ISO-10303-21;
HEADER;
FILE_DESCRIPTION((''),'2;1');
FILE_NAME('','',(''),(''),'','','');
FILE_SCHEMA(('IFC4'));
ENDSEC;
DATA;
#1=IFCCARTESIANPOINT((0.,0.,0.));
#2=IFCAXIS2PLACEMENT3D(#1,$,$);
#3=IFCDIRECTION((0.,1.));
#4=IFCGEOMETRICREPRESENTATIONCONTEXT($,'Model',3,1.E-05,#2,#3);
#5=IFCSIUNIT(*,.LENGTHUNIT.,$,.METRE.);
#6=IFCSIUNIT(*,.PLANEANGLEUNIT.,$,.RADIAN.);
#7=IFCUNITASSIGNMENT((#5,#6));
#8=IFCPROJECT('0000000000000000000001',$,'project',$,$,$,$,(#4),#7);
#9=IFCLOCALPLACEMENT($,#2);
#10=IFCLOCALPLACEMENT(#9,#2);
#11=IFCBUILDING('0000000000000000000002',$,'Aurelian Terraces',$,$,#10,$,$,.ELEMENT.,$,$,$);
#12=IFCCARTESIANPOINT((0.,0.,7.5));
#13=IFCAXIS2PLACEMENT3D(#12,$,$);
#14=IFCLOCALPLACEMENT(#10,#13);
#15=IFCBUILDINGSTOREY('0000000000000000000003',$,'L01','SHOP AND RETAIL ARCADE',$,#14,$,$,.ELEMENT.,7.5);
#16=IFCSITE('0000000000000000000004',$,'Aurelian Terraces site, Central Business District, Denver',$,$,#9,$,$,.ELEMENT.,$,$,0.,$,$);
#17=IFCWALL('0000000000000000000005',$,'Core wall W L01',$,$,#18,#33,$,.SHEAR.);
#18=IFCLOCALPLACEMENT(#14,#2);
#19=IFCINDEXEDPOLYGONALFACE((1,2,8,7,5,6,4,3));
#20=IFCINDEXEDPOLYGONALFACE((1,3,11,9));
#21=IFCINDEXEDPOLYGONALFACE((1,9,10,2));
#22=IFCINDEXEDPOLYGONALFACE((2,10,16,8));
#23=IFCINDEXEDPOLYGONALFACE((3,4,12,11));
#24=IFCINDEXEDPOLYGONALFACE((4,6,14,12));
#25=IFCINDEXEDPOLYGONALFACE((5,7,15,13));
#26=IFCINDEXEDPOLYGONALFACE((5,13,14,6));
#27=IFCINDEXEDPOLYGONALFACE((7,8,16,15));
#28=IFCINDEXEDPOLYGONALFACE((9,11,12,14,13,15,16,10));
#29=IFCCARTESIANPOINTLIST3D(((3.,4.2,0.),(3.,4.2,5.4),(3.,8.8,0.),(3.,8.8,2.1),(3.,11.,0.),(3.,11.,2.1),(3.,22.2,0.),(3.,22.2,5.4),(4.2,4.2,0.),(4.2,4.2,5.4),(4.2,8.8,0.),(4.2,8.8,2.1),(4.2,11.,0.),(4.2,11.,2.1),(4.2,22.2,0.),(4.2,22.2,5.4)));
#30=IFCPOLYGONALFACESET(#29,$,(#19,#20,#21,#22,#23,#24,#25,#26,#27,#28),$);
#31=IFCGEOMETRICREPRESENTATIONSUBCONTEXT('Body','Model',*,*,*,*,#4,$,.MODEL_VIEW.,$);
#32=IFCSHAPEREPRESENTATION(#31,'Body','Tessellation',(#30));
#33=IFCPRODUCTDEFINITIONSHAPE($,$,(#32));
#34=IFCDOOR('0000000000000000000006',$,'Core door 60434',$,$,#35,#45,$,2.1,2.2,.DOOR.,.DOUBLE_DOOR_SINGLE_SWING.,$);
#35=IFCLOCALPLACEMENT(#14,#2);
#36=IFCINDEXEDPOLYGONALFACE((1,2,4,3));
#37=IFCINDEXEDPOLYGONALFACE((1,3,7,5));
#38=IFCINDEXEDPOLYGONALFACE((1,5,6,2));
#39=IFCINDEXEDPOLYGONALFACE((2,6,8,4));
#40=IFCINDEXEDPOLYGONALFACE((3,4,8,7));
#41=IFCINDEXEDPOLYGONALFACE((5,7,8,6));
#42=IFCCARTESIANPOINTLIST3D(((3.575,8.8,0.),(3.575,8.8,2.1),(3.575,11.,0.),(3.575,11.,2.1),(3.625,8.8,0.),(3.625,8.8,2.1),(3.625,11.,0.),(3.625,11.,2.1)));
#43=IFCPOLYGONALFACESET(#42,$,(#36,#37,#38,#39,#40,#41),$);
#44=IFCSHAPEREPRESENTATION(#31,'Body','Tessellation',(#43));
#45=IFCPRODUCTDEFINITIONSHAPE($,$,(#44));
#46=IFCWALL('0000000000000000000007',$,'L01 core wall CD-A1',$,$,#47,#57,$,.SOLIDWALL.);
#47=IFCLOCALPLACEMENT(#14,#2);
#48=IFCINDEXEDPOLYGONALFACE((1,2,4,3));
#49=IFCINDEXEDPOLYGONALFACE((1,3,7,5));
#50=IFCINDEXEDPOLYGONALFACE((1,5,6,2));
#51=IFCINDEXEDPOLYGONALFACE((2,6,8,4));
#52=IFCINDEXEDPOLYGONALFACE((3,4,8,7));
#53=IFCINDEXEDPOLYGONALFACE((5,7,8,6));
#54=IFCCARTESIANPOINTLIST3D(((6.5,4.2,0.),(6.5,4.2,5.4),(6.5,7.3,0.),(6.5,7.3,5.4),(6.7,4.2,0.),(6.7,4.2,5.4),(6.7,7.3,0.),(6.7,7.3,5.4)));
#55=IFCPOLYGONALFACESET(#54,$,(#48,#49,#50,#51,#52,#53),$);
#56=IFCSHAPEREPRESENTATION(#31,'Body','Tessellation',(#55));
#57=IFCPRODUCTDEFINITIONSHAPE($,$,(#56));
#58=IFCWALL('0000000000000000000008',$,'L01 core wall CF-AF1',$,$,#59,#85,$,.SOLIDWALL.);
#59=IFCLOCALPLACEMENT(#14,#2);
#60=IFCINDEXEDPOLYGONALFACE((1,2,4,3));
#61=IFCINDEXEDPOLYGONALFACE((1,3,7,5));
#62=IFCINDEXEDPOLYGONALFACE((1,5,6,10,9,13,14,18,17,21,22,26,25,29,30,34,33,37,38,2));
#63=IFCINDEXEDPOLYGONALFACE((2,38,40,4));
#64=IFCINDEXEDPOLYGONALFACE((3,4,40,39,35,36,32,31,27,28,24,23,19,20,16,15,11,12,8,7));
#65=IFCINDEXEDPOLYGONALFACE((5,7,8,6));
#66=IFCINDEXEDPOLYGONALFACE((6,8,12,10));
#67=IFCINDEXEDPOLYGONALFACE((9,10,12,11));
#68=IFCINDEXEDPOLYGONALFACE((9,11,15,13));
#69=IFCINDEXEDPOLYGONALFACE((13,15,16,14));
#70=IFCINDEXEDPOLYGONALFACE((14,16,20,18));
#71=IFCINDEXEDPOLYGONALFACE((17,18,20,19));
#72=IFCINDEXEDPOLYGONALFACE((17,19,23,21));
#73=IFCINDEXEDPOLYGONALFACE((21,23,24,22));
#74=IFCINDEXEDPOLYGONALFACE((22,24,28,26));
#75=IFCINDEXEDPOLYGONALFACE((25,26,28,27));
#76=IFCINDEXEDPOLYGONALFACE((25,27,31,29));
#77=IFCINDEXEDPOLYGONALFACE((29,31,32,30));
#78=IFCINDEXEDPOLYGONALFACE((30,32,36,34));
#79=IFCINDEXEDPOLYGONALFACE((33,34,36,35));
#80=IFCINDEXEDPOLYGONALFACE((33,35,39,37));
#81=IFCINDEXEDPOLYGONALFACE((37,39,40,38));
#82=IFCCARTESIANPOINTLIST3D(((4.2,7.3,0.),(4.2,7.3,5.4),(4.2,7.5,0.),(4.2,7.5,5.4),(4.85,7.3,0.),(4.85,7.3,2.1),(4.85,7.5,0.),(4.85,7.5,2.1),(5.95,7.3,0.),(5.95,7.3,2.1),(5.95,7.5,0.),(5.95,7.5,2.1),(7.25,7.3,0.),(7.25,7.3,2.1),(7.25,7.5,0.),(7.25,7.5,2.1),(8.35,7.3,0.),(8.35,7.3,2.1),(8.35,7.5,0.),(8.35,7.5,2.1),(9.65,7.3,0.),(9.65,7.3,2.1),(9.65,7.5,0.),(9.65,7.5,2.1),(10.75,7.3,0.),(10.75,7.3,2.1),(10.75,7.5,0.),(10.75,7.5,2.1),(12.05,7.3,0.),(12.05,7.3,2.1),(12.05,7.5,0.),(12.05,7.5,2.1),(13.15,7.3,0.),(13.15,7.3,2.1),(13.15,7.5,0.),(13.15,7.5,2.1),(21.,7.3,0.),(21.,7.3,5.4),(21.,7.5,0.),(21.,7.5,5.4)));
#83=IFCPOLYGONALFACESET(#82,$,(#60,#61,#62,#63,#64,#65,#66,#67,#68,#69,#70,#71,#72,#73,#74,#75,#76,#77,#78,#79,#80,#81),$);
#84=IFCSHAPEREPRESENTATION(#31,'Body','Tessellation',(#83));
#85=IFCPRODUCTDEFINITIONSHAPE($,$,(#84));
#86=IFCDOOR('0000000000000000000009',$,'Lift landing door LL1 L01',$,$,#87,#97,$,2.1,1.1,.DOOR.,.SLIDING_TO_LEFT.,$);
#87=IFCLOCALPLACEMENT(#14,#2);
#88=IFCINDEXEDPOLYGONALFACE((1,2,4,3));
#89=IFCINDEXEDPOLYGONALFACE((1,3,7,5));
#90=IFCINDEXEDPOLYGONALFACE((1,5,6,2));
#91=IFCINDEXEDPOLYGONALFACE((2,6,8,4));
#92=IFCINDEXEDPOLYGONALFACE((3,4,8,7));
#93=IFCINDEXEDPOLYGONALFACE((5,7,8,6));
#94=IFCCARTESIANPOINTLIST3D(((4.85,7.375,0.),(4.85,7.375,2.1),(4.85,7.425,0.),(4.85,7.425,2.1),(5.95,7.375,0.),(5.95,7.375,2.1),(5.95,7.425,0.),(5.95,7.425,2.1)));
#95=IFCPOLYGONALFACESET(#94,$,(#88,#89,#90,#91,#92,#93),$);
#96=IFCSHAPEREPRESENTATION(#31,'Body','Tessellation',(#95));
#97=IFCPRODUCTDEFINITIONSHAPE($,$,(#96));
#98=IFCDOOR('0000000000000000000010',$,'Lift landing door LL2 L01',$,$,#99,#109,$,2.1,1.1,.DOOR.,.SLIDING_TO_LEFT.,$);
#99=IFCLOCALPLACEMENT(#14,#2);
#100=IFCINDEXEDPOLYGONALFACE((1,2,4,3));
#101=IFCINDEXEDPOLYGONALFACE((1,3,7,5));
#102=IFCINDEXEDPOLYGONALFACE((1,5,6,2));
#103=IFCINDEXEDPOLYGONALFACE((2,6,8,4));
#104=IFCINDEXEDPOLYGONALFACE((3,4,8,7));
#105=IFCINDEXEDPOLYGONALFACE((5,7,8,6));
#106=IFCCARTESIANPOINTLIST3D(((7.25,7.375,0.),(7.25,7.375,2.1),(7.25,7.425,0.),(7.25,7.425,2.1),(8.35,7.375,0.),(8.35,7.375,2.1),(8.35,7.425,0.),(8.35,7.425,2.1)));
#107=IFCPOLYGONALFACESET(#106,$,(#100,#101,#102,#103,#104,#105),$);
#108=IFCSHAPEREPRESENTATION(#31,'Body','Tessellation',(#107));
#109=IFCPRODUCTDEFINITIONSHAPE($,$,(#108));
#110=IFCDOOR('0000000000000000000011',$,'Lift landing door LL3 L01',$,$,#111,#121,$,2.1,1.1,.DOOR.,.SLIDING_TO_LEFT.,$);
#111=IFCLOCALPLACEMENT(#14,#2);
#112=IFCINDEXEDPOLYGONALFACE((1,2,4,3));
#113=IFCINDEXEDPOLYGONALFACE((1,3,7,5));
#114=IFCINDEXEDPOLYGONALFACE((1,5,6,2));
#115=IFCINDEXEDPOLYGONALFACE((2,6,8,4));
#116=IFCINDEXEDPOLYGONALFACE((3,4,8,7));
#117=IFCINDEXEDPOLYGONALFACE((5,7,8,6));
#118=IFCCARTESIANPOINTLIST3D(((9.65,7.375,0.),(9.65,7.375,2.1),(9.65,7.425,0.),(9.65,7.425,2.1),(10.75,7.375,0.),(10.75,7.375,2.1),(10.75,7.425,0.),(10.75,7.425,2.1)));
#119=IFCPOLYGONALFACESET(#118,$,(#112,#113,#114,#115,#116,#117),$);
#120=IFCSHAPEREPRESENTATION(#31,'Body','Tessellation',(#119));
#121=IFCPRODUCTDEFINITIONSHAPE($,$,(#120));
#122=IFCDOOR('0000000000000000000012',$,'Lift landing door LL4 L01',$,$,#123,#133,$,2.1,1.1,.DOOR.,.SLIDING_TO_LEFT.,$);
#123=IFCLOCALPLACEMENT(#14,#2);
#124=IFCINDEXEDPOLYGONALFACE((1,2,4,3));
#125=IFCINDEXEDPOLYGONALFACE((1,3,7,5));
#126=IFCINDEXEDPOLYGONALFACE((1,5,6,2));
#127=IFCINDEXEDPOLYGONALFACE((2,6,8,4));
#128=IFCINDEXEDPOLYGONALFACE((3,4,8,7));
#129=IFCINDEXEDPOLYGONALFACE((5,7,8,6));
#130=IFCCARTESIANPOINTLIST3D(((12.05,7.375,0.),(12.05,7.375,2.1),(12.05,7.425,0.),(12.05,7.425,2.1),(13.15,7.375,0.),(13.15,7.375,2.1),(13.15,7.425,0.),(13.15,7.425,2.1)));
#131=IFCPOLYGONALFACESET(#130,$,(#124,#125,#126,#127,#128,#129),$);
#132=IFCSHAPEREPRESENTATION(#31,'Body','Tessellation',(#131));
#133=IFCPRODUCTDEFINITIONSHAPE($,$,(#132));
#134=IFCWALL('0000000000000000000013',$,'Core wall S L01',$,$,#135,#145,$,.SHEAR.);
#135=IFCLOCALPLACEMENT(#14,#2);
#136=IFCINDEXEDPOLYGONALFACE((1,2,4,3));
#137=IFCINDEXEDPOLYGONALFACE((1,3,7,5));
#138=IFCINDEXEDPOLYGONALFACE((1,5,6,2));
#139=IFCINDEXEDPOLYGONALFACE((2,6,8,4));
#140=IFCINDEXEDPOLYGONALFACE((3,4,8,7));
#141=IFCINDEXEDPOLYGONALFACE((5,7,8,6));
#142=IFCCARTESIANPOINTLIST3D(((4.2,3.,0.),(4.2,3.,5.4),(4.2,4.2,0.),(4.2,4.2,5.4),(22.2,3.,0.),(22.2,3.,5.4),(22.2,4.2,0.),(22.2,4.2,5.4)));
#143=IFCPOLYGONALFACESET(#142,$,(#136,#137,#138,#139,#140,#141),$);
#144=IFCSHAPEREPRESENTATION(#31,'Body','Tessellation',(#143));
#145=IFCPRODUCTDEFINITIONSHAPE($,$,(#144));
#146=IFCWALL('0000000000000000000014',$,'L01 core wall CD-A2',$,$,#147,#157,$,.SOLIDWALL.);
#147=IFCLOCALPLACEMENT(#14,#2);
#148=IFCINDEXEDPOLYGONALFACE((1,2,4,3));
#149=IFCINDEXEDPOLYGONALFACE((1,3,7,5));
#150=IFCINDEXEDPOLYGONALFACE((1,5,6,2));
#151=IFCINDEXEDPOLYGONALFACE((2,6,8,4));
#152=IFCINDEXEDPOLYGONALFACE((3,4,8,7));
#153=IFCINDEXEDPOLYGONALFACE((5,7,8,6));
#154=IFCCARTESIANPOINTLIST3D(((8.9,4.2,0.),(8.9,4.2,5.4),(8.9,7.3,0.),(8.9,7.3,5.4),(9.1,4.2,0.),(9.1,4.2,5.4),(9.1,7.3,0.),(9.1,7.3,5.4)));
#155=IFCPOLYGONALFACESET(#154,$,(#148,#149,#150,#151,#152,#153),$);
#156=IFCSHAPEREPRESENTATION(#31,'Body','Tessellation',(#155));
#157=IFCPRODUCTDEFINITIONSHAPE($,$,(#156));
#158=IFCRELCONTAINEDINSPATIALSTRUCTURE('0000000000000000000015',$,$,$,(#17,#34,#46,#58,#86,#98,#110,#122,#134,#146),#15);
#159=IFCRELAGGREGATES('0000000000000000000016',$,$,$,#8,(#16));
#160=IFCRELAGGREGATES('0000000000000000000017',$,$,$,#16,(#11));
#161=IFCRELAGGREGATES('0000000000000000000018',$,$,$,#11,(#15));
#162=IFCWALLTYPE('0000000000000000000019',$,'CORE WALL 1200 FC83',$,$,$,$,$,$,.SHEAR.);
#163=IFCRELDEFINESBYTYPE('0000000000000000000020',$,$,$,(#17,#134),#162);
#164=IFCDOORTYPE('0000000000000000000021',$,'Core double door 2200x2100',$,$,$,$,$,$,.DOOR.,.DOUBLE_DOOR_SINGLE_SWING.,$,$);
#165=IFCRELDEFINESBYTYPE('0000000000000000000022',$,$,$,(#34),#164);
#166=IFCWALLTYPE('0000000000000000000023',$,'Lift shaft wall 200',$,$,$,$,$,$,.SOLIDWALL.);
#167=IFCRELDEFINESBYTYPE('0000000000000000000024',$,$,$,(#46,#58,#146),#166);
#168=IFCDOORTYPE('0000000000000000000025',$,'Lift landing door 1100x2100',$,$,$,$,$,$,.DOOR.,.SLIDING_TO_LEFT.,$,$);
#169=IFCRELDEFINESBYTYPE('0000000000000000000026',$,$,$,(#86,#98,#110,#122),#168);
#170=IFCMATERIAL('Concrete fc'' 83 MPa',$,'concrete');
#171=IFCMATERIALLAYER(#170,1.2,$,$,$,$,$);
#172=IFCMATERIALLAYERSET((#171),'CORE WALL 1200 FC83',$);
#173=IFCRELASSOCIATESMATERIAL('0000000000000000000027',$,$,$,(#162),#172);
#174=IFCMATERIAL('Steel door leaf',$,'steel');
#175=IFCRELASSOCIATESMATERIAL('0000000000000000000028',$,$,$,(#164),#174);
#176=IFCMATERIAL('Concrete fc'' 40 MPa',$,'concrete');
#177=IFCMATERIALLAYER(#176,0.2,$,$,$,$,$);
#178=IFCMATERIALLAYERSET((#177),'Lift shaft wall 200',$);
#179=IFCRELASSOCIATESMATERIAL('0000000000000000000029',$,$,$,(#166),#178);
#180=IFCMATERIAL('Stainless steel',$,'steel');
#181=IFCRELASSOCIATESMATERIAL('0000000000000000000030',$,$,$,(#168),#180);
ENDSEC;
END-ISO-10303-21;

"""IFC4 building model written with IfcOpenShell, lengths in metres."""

from ifc_helpers import new_model, si_unit, direction, frame, frame_2d, origin, place, context, subcontext, project, spatial, rectangle, extrude, source, transform, mapped, material, layer, layer_set, type_object, element, fill, save


model = new_model("IFC4")

# Units and contexts
model_context = context("Model", 3, precision=1e-05, world=origin(), true_north=direction((0.0, 1.0)))
body_context = subcontext(model_context, "Body", "Model", "MODEL_VIEW")
ifc_project = project(units=[si_unit("LENGTHUNIT", "METRE"), si_unit("PLANEANGLEUNIT", "RADIAN")], contexts=[model_context])

# Site, building, storey
site_placement = place(None, origin())
site = spatial("IfcSite", under=ifc_project, at=site_placement, Name="Aurelian Terraces site, Central Business District, Denver", CompositionType="ELEMENT", RefElevation=0.0)
building_placement = place(site_placement, origin())
building = spatial("IfcBuilding", under=site, at=building_placement, Name="Aurelian Terraces", CompositionType="ELEMENT")
storey_placement = place(building_placement, frame((0.0, 0.0, 7.5)))
storey = spatial("IfcBuildingStorey", under=building, at=storey_placement, Name="L01", Description="SHOP AND RETAIL ARCADE", CompositionType="ELEMENT", Elevation=7.5)

# Shared definitions
ifc_material_1 = material(Name="Concrete fc' 40 MPa", Category="concrete")

# Wall, opening, door
ifc_material_2 = material(Name="Concrete fc' 83 MPa", Category="concrete")
ifc_layer_1 = layer(ifc_material_2, 1.2)
ifc_layer_set_1 = layer_set([ifc_layer_1], Name="CORE WALL 1200 FC83")
wall_type_1 = type_object("IfcWallType", Name="CORE WALL 1200 FC83", PredefinedType="SHEAR", material=ifc_layer_set_1)
wall_1_placement = place(storey_placement, frame((3.6, 4.2, 0.0), z_axis=(0.0, 0.0, 1.0), x_axis=(0.0, 1.0, 0.0)))
wall_1 = element("IfcWall", 1, at=wall_1_placement, inside=storey, type_object=wall_type_1, Name="Core wall W L01", PredefinedType="SHEAR", context=body_context, shape_type="SweptSolid", body=[
    extrude(rectangle(XDim=18.0, YDim=1.2, at=frame_2d((9.0, 0.0))), origin(), (0.0, 0.0, 1.0), 5.4),
])
shared_shape_1 = source(origin(), body_context, "Body", "SweptSolid", [
    extrude(rectangle(XDim=2.2, YDim=2.1, at=frame_2d((1.1, 1.05))), frame((0.0, 0.61, 0.0), z_axis=(0.0, -1.0, 0.0), x_axis=(1.0, 0.0, 0.0)), (0.0, 0.0, 1.0), 1.22),
])
opening_1_placement = place(wall_1_placement, frame((4.6, 0.0, 0.0)))
opening_1 = element("IfcOpeningElement", 2, at=opening_1_placement, cuts=wall_1, PredefinedType="OPENING", context=body_context, shape_type="MappedRepresentation", body=[
    mapped(shared_shape_1, transform((0.0, 0.0, 0.0), scale=1.0)),
])
ifc_material_3 = material(Name="Steel door leaf", Category="steel")
door_type_1 = type_object("IfcDoorType", Name="Core double door 2200x2100", OperationType="DOUBLE_DOOR_SINGLE_SWING", PredefinedType="DOOR", material=ifc_material_3)
shared_shape_2 = source(origin(), body_context, "Body", "SweptSolid", [
    extrude(rectangle(XDim=2.2, YDim=2.1, at=frame_2d((1.1, 1.05))), frame((0.0, 0.025, 0.0), z_axis=(0.0, -1.0, 0.0), x_axis=(1.0, 0.0, 0.0)), (0.0, 0.0, 1.0), 0.05),
])
door_1_placement = place(opening_1_placement, origin())
door_1 = element("IfcDoor", 3, at=door_1_placement, inside=storey, type_object=door_type_1, Name="Core door 60434", OperationType="DOUBLE_DOOR_SINGLE_SWING", OverallHeight=2.1, OverallWidth=2.2, PredefinedType="DOOR", context=body_context, shape_type="MappedRepresentation", body=[
    mapped(shared_shape_2, transform((0.0, 0.0, 0.0), scale=1.0)),
])
fill(opening_1, door_1)

# Wall
ifc_layer_2 = layer(ifc_material_1, 0.2)
ifc_layer_set_2 = layer_set([ifc_layer_2], Name="Lift shaft wall 200")
wall_type_2 = type_object("IfcWallType", Name="Lift shaft wall 200", PredefinedType="SOLIDWALL", material=ifc_layer_set_2)
wall_2_placement = place(storey_placement, frame((6.6, 4.2, 0.0), z_axis=(0.0, 0.0, 1.0), x_axis=(0.0, 1.0, 0.0)))
element("IfcWall", 4, at=wall_2_placement, inside=storey, type_object=wall_type_2, Name="L01 core wall CD-A1", PredefinedType="SOLIDWALL", context=body_context, shape_type="SweptSolid", body=[
    extrude(rectangle(XDim=3.1, YDim=0.2, at=frame_2d((1.55, 0.0))), origin(), (0.0, 0.0, 1.0), 5.4),
])

# Wall, openings, doors
wall_3_placement = place(storey_placement, frame((4.2, 7.4, 0.0), z_axis=(0.0, 0.0, 1.0), x_axis=(1.0, 0.0, 0.0)))
wall_3 = element("IfcWall", 5, at=wall_3_placement, inside=storey, type_object=wall_type_2, Name="L01 core wall CF-AF1", PredefinedType="SOLIDWALL", context=body_context, shape_type="SweptSolid", body=[
    extrude(rectangle(XDim=16.8, YDim=0.2, at=frame_2d((8.4, 0.0))), origin(), (0.0, 0.0, 1.0), 5.4),
])
shared_shape_3 = source(origin(), body_context, "Body", "SweptSolid", [
    extrude(rectangle(XDim=1.1, YDim=2.1, at=frame_2d((0.55, 1.05))), frame((0.0, 0.11, 0.0), z_axis=(0.0, -1.0, 0.0), x_axis=(1.0, 0.0, 0.0)), (0.0, 0.0, 1.0), 0.22),
])
opening_2_placement = place(wall_3_placement, frame((0.65, 0.0, 0.0)))
opening_2 = element("IfcOpeningElement", 6, at=opening_2_placement, cuts=wall_3, PredefinedType="OPENING", context=body_context, shape_type="MappedRepresentation", body=[
    mapped(shared_shape_3, transform((0.0, 0.0, 0.0), scale=1.0)),
])
opening_3_placement = place(wall_3_placement, frame((3.05, 0.0, 0.0)))
opening_3 = element("IfcOpeningElement", 7, at=opening_3_placement, cuts=wall_3, PredefinedType="OPENING", context=body_context, shape_type="MappedRepresentation", body=[
    mapped(shared_shape_3, transform((0.0, 0.0, 0.0), scale=1.0)),
])
opening_4_placement = place(wall_3_placement, frame((5.45, 0.0, 0.0)))
opening_4 = element("IfcOpeningElement", 8, at=opening_4_placement, cuts=wall_3, PredefinedType="OPENING", context=body_context, shape_type="MappedRepresentation", body=[
    mapped(shared_shape_3, transform((0.0, 0.0, 0.0), scale=1.0)),
])
opening_5_placement = place(wall_3_placement, frame((7.85, 0.0, 0.0)))
opening_5 = element("IfcOpeningElement", 9, at=opening_5_placement, cuts=wall_3, PredefinedType="OPENING", context=body_context, shape_type="MappedRepresentation", body=[
    mapped(shared_shape_3, transform((0.0, 0.0, 0.0), scale=1.0)),
])
ifc_material_4 = material(Name="Stainless steel", Category="steel")
door_type_2 = type_object("IfcDoorType", Name="Lift landing door 1100x2100", OperationType="SLIDING_TO_LEFT", PredefinedType="DOOR", material=ifc_material_4)
shared_shape_4 = source(origin(), body_context, "Body", "SweptSolid", [
    extrude(rectangle(XDim=1.1, YDim=2.1, at=frame_2d((0.55, 1.05))), frame((0.0, 0.025, 0.0), z_axis=(0.0, -1.0, 0.0), x_axis=(1.0, 0.0, 0.0)), (0.0, 0.0, 1.0), 0.05),
])
door_2_placement = place(opening_2_placement, origin())
door_2 = element("IfcDoor", 10, at=door_2_placement, inside=storey, type_object=door_type_2, Name="Lift landing door LL1 L01", OperationType="SLIDING_TO_LEFT", OverallHeight=2.1, OverallWidth=1.1, PredefinedType="DOOR", context=body_context, shape_type="MappedRepresentation", body=[
    mapped(shared_shape_4, transform((0.0, 0.0, 0.0), scale=1.0)),
])
fill(opening_2, door_2)
door_3_placement = place(opening_3_placement, origin())
door_3 = element("IfcDoor", 11, at=door_3_placement, inside=storey, type_object=door_type_2, Name="Lift landing door LL2 L01", OperationType="SLIDING_TO_LEFT", OverallHeight=2.1, OverallWidth=1.1, PredefinedType="DOOR", context=body_context, shape_type="MappedRepresentation", body=[
    mapped(shared_shape_4, transform((0.0, 0.0, 0.0), scale=1.0)),
])
fill(opening_3, door_3)
door_4_placement = place(opening_4_placement, origin())
door_4 = element("IfcDoor", 12, at=door_4_placement, inside=storey, type_object=door_type_2, Name="Lift landing door LL3 L01", OperationType="SLIDING_TO_LEFT", OverallHeight=2.1, OverallWidth=1.1, PredefinedType="DOOR", context=body_context, shape_type="MappedRepresentation", body=[
    mapped(shared_shape_4, transform((0.0, 0.0, 0.0), scale=1.0)),
])
fill(opening_4, door_4)
door_5_placement = place(opening_5_placement, origin())
door_5 = element("IfcDoor", 13, at=door_5_placement, inside=storey, type_object=door_type_2, Name="Lift landing door LL4 L01", OperationType="SLIDING_TO_LEFT", OverallHeight=2.1, OverallWidth=1.1, PredefinedType="DOOR", context=body_context, shape_type="MappedRepresentation", body=[
    mapped(shared_shape_4, transform((0.0, 0.0, 0.0), scale=1.0)),
])
fill(opening_5, door_5)

# Walls
shared_shape_5 = source(origin(), body_context, "Body", "SweptSolid", [
    extrude(rectangle(XDim=18.0, YDim=1.2, at=frame_2d((9.0, 0.0))), origin(), (0.0, 0.0, 1.0), 5.4),
])
wall_4_placement = place(storey_placement, frame((4.2, 3.6, 0.0), z_axis=(0.0, 0.0, 1.0), x_axis=(1.0, 0.0, 0.0)))
element("IfcWall", 14, at=wall_4_placement, inside=storey, type_object=wall_type_1, Name="Core wall S L01", PredefinedType="SHEAR", context=body_context, shape_type="MappedRepresentation", body=[
    mapped(shared_shape_5, transform((0.0, 0.0, 0.0), scale=1.0)),
])
shared_shape_6 = source(origin(), body_context, "Body", "SweptSolid", [
    extrude(rectangle(XDim=3.1, YDim=0.2, at=frame_2d((1.55, 0.0))), origin(), (0.0, 0.0, 1.0), 5.4),
])
wall_5_placement = place(storey_placement, frame((9.0, 4.2, 0.0), z_axis=(0.0, 0.0, 1.0), x_axis=(0.0, 1.0, 0.0)))
element("IfcWall", 15, at=wall_5_placement, inside=storey, type_object=wall_type_2, Name="L01 core wall CD-A2", PredefinedType="SOLIDWALL", context=body_context, shape_type="MappedRepresentation", body=[
    mapped(shared_shape_6, transform((0.0, 0.0, 0.0), scale=1.0)),
])

save(model, "model.ifc")
